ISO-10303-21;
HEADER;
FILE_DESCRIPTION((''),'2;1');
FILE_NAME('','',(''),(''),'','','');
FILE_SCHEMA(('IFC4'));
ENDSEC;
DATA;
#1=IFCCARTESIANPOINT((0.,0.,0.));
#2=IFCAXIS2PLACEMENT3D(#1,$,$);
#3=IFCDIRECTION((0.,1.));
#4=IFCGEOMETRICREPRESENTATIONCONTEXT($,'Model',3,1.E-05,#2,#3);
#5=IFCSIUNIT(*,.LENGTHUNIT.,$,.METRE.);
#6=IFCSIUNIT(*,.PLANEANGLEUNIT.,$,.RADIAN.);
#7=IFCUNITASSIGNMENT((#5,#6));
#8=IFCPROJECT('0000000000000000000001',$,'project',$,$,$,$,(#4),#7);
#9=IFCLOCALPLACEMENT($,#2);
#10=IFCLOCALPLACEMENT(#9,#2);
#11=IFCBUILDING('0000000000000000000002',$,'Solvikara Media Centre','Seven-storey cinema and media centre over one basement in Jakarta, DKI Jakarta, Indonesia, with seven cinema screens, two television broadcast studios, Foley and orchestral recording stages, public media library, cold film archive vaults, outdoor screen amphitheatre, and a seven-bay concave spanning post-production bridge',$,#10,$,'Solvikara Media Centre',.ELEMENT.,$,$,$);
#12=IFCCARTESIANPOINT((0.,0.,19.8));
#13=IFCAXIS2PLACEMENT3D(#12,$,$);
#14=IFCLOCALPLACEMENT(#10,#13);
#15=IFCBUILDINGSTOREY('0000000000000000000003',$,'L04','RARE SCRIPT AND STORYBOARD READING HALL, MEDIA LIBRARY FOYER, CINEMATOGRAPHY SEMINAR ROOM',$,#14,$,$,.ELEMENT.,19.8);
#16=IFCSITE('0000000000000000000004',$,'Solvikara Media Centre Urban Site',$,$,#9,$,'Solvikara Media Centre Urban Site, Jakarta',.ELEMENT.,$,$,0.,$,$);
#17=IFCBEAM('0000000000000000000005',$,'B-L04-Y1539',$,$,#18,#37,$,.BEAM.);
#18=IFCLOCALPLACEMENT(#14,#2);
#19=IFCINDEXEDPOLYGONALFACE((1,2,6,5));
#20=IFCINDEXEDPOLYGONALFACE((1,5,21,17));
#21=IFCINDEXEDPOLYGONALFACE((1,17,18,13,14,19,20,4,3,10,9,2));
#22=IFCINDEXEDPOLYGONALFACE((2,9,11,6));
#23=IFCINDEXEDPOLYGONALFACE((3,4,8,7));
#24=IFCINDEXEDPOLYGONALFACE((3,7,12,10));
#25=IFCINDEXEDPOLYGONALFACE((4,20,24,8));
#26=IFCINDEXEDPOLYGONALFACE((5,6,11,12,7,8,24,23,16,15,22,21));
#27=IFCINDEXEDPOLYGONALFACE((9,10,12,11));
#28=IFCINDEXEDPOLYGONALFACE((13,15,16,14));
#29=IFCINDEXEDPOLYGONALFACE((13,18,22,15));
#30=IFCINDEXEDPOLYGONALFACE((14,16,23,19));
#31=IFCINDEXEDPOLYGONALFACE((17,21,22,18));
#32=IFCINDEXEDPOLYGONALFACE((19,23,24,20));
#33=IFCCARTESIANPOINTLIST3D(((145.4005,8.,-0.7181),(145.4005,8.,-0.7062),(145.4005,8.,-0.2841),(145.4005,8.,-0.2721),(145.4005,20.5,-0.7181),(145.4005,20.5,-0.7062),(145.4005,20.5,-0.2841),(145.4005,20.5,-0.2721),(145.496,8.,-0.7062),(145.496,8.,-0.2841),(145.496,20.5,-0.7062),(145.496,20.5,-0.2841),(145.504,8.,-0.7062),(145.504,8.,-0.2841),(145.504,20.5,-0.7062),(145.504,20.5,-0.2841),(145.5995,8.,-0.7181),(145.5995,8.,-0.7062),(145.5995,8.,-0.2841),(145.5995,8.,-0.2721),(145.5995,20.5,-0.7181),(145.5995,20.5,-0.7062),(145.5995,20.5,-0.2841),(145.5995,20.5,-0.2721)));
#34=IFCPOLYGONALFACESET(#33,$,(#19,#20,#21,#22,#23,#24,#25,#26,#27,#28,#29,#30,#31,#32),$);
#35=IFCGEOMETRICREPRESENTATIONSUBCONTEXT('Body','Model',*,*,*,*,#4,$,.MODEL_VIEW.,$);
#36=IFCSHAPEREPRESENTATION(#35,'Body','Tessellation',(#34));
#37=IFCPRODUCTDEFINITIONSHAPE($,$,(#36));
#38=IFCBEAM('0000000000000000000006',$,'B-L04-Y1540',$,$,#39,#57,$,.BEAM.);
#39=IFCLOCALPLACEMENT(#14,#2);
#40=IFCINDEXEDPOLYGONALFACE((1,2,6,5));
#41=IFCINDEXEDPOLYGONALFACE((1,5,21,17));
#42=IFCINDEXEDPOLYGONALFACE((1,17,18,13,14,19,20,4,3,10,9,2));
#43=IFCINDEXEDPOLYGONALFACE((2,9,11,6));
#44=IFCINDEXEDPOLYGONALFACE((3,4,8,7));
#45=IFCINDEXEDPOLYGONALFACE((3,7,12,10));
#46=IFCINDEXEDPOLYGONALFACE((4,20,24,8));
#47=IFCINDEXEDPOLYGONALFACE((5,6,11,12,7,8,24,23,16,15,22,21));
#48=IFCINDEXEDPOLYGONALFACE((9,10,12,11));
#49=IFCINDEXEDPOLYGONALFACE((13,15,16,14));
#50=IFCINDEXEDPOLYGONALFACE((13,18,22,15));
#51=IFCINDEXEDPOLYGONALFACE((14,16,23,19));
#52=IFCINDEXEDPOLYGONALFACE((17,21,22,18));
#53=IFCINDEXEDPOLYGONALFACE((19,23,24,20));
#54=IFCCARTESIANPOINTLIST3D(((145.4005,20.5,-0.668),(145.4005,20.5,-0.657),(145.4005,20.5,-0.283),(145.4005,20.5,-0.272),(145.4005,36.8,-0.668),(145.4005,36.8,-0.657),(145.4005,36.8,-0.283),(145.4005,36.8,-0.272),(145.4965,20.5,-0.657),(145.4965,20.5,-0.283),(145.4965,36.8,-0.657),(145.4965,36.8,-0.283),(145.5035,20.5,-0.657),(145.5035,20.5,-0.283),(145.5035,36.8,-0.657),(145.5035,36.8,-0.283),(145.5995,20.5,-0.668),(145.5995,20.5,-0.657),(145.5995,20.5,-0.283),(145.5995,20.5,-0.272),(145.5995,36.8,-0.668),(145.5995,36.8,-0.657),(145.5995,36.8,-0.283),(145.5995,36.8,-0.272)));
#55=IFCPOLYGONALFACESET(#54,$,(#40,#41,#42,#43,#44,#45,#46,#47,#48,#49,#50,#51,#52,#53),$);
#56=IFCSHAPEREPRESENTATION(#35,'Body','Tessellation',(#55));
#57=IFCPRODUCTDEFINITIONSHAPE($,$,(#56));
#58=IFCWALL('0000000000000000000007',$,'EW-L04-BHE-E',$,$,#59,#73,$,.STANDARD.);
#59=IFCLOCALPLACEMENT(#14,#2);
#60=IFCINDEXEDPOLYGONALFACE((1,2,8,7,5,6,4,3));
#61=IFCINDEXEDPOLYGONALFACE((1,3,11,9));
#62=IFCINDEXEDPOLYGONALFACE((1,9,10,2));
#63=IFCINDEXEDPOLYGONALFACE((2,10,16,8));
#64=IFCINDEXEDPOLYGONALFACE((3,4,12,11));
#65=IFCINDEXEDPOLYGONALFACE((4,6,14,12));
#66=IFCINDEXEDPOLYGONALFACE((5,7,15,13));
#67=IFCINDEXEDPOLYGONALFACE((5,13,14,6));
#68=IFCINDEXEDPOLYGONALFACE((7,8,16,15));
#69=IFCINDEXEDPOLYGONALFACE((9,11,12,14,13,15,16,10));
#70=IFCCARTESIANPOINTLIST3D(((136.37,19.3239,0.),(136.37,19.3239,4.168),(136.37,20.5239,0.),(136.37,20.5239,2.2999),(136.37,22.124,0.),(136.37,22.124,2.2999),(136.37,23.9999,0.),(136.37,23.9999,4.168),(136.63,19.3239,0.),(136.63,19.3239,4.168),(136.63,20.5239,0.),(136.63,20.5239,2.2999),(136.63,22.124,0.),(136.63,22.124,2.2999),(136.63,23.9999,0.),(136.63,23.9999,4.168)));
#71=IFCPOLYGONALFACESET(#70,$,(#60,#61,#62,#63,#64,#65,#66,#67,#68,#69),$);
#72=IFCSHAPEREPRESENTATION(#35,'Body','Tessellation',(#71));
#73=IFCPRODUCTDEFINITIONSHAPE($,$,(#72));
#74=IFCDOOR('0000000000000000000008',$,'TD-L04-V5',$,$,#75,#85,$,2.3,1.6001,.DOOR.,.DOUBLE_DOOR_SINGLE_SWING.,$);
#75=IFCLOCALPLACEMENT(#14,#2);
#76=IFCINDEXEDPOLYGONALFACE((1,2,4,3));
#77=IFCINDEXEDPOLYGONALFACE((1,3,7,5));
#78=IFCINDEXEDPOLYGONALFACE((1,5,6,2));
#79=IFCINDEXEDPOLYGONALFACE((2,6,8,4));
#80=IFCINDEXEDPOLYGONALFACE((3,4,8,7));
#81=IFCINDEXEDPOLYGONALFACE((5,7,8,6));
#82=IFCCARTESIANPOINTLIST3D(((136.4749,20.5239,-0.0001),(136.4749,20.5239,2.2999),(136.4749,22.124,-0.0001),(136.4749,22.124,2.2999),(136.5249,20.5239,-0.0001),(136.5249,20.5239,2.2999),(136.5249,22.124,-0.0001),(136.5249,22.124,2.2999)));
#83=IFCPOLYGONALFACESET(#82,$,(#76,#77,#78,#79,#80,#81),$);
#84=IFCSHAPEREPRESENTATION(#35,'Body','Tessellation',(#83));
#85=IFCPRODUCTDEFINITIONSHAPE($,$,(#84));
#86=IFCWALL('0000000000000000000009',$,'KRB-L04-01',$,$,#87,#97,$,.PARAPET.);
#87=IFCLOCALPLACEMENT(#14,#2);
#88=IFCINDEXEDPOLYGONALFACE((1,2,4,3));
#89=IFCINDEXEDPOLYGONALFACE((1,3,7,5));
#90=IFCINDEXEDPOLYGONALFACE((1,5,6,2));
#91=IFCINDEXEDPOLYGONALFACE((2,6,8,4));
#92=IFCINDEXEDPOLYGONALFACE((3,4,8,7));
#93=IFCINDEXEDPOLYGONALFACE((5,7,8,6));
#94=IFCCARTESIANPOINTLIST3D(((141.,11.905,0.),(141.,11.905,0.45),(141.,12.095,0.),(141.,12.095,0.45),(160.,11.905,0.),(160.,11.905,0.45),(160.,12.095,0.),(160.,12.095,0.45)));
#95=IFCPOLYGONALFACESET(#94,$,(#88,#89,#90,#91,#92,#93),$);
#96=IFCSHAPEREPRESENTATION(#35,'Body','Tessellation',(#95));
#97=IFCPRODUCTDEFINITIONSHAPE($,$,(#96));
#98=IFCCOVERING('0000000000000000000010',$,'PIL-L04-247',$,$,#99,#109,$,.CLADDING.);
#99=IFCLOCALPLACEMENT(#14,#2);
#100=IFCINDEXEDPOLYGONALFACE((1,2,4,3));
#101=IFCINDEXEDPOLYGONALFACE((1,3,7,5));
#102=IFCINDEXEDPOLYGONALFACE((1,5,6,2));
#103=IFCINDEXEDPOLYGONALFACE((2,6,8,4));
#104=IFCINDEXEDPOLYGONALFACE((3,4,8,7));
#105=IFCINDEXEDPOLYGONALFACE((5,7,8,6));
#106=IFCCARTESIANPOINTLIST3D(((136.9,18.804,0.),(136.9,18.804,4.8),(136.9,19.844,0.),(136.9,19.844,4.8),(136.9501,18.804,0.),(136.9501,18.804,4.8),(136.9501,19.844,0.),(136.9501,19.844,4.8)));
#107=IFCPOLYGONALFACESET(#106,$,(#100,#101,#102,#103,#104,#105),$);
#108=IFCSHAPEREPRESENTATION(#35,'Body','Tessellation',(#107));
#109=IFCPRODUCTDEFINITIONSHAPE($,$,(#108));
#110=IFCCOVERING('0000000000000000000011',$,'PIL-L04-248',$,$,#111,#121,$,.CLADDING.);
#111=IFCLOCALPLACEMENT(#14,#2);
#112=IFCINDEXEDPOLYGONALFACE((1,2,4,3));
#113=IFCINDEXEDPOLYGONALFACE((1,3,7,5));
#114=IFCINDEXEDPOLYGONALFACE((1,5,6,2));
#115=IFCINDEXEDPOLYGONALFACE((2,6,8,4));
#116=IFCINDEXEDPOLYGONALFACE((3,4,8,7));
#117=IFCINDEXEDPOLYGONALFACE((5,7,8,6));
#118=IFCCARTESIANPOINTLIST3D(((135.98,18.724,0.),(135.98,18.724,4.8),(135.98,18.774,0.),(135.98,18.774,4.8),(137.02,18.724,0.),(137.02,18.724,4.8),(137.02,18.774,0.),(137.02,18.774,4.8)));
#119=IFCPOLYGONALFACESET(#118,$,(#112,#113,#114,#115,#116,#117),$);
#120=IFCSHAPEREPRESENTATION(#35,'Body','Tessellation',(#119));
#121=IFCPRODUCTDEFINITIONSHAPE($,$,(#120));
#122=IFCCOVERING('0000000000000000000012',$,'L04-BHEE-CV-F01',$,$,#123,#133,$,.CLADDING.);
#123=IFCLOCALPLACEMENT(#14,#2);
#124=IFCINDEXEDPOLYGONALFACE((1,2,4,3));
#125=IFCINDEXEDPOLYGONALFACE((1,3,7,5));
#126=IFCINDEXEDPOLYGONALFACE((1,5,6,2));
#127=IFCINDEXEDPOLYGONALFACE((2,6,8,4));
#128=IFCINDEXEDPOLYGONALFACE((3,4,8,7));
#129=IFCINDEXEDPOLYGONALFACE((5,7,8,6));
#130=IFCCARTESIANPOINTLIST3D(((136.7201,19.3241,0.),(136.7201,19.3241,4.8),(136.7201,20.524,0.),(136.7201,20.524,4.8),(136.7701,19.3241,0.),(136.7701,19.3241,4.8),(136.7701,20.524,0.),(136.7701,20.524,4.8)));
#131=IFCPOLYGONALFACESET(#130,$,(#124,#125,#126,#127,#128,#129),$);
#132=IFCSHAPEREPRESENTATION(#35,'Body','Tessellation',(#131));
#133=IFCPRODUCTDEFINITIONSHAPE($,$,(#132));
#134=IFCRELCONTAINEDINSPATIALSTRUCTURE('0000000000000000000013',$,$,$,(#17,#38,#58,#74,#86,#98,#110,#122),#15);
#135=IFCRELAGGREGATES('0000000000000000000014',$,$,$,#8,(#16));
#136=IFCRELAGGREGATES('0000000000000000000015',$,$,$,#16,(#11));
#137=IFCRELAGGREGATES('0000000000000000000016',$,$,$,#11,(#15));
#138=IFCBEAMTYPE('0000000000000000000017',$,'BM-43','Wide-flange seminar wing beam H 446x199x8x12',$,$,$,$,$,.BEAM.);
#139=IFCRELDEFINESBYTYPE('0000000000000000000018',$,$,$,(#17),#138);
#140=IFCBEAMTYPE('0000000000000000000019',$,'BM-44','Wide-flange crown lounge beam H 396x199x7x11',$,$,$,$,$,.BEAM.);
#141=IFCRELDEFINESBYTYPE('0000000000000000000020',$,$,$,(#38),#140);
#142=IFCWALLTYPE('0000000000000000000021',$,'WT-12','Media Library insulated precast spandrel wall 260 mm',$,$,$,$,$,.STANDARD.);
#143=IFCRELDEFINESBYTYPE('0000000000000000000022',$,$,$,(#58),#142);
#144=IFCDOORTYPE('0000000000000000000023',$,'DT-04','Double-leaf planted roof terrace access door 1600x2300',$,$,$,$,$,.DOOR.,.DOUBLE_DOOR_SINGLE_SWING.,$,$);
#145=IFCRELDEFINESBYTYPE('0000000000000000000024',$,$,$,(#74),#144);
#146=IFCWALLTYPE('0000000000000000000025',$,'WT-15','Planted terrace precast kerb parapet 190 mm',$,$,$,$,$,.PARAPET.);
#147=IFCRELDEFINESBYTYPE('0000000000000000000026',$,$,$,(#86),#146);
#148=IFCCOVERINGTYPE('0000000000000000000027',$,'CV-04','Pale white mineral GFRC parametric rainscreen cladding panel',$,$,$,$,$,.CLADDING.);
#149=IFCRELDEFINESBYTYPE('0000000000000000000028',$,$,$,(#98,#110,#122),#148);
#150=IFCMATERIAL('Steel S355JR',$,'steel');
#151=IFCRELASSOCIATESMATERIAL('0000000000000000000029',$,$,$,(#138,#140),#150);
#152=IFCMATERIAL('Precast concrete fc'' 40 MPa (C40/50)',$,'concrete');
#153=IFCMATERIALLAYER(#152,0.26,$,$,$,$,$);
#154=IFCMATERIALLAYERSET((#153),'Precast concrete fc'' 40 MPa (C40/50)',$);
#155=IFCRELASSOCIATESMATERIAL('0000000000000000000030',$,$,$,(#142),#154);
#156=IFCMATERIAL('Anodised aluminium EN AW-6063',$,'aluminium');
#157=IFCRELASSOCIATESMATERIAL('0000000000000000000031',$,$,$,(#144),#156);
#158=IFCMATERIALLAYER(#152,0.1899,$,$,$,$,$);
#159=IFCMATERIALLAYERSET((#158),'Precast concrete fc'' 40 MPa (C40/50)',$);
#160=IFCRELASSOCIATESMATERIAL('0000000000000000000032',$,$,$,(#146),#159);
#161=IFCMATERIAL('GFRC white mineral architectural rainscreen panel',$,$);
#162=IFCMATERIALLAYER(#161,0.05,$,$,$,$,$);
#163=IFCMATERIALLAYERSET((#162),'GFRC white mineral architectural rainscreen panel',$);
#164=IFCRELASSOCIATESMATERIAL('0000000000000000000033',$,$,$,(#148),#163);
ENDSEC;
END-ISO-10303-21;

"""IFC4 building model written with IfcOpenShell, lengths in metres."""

from ifc_helpers import new_model, si_unit, direction, frame, frame_2d, origin, origin_2d, place, context, subcontext, project, spatial, rectangle, i_section, extrude, material, layer, layer_set, material_profile, profile_set, type_object, element, fill, save


model = new_model("IFC4")

# Units and contexts
model_context = context("Model", 3, precision=1e-05, world=origin(), true_north=direction((0.0, 1.0)))
body_context = subcontext(model_context, "Body", "Model", "MODEL_VIEW")
ifc_project = project(units=[si_unit("LENGTHUNIT", "METRE"), si_unit("PLANEANGLEUNIT", "RADIAN")], contexts=[model_context])

# Site, building, storey
site_placement = place(None, origin())
site = spatial("IfcSite", under=ifc_project, at=site_placement, Name="Solvikara Media Centre Urban Site", LongName="Solvikara Media Centre Urban Site, Jakarta", CompositionType="ELEMENT", RefElevation=0.0)
building_placement = place(site_placement, origin())
building = spatial("IfcBuilding", under=site, at=building_placement, Name="Solvikara Media Centre", Description="Seven-storey cinema and media centre over one basement in Jakarta, DKI Jakarta, Indonesia, with seven cinema screens, two television broadcast studios, Foley and orchestral recording stages, public media library, cold film archive vaults, outdoor screen amphitheatre, and a seven-bay concave spanning post-production bridge", LongName="Solvikara Media Centre", CompositionType="ELEMENT")
storey_placement = place(building_placement, frame((0.0, 0.0, 19.8)))
storey = spatial("IfcBuildingStorey", under=building, at=storey_placement, Name="L04", Description="RARE SCRIPT AND STORYBOARD READING HALL, MEDIA LIBRARY FOYER, CINEMATOGRAPHY SEMINAR ROOM", CompositionType="ELEMENT", Elevation=19.8)

# Beams
ifc_material_1 = material(Name="Steel S355JR", Category="steel")
ifc_material_profile_1 = material_profile(ifc_material_1, i_section(OverallWidth=0.199, OverallDepth=0.446, WebThickness=0.0081, FlangeThickness=0.012, at=origin_2d()), Name="H 446x199x8x12")
ifc_profile_set_1 = profile_set([ifc_material_profile_1], Name="Steel S355JR")
beam_type_1 = type_object("IfcBeamType", Name="BM-43", Description="Wide-flange seminar wing beam H 446x199x8x12", PredefinedType="BEAM", material=ifc_profile_set_1)
beam_1_placement = place(storey_placement, frame((145.5, 8.0, -0.4951), z_axis=(0.0, 1.0, 0.0), x_axis=(-1.0, 0.0, 0.0)))
element("IfcBeam", 1, at=beam_1_placement, inside=storey, type_object=beam_type_1, Name="B-L04-Y1539", PredefinedType="BEAM", context=body_context, shape_type="SweptSolid", body=[
    extrude(i_section(OverallWidth=0.199, OverallDepth=0.446, WebThickness=0.0081, FlangeThickness=0.012, at=origin_2d()), origin(), (0.0, 0.0, 1.0), 12.5),
])
ifc_material_profile_2 = material_profile(ifc_material_1, i_section(OverallWidth=0.199, OverallDepth=0.396, WebThickness=0.0071, FlangeThickness=0.011, at=origin_2d()), Name="H 396x199x7x11")
ifc_profile_set_2 = profile_set([ifc_material_profile_2], Name="Steel S355JR")
beam_type_2 = type_object("IfcBeamType", Name="BM-44", Description="Wide-flange crown lounge beam H 396x199x7x11", PredefinedType="BEAM", material=ifc_profile_set_2)
beam_2_placement = place(storey_placement, frame((145.5, 20.5, -0.47), z_axis=(0.0, 1.0, 0.0), x_axis=(-1.0, 0.0, 0.0)))
element("IfcBeam", 2, at=beam_2_placement, inside=storey, type_object=beam_type_2, Name="B-L04-Y1540", PredefinedType="BEAM", context=body_context, shape_type="SweptSolid", body=[
    extrude(i_section(OverallWidth=0.199, OverallDepth=0.396, WebThickness=0.0071, FlangeThickness=0.011, at=origin_2d()), origin(), (0.0, 0.0, 1.0), 16.3),
])

# Wall, opening, door
ifc_material_2 = material(Name="Precast concrete fc' 40 MPa (C40/50)", Category="concrete")
ifc_layer_1 = layer(ifc_material_2, 0.26)
ifc_layer_set_1 = layer_set([ifc_layer_1], Name="Precast concrete fc' 40 MPa (C40/50)")
wall_type_1 = type_object("IfcWallType", Name="WT-12", Description="Media Library insulated precast spandrel wall 260 mm", PredefinedType="STANDARD", material=ifc_layer_set_1)
wall_1_placement = place(storey_placement, frame((136.5, 19.324, 0.0), z_axis=(0.0, 0.0, 1.0), x_axis=(0.0, 1.0, 0.0)))
wall_1 = element("IfcWall", 3, at=wall_1_placement, inside=storey, type_object=wall_type_1, Name="EW-L04-BHE-E", PredefinedType="STANDARD", context=body_context, shape_type="SweptSolid", body=[
    extrude(rectangle(XDim=4.676, YDim=0.26, at=frame_2d((2.3379, 0.0))), origin(), (0.0, 0.0, 1.0), 4.168),
])
opening_placement = place(wall_1_placement, frame((1.2, 0.0, 0.0)))
opening = element("IfcOpeningElement", 4, at=opening_placement, cuts=wall_1, PredefinedType="OPENING", context=body_context, shape_type="SweptSolid", body=[
    extrude(rectangle(XDim=1.6001, YDim=2.3, at=frame_2d((0.8, 1.1499))), frame((0.0, 0.1421, 0.0), z_axis=(0.0, -1.0, 0.0), x_axis=(1.0, 0.0, 0.0)), (0.0, 0.0, 1.0), 0.2839),
])
ifc_material_3 = material(Name="Anodised aluminium EN AW-6063", Category="aluminium")
door_type = type_object("IfcDoorType", Name="DT-04", Description="Double-leaf planted roof terrace access door 1600x2300", OperationType="DOUBLE_DOOR_SINGLE_SWING", PredefinedType="DOOR", material=ifc_material_3)
door_placement = place(opening_placement, frame((1.6001, 0.0, 0.0), z_axis=(0.0, 0.0, 1.0), x_axis=(-1.0, 0.0, 0.0)))
door = element("IfcDoor", 5, at=door_placement, inside=storey, type_object=door_type, Name="TD-L04-V5", OperationType="DOUBLE_DOOR_SINGLE_SWING", OverallHeight=2.3, OverallWidth=1.6001, PredefinedType="DOOR", context=body_context, shape_type="SweptSolid", body=[
    extrude(rectangle(XDim=1.6001, YDim=2.3, at=frame_2d((0.8, 1.1499))), frame((0.0, 0.0249, 0.0), z_axis=(0.0, -1.0, 0.0), x_axis=(1.0, 0.0, 0.0)), (0.0, 0.0, 1.0), 0.05),
])
fill(opening, door)

# Wall
ifc_layer_2 = layer(ifc_material_2, 0.1899)
ifc_layer_set_2 = layer_set([ifc_layer_2], Name="Precast concrete fc' 40 MPa (C40/50)")
wall_type_2 = type_object("IfcWallType", Name="WT-15", Description="Planted terrace precast kerb parapet 190 mm", PredefinedType="PARAPET", material=ifc_layer_set_2)
wall_2_placement = place(storey_placement, frame((141.0, 12.0, 0.0), z_axis=(0.0, 0.0, 1.0), x_axis=(1.0, 0.0, 0.0)))
element("IfcWall", 6, at=wall_2_placement, inside=storey, type_object=wall_type_2, Name="KRB-L04-01", PredefinedType="PARAPET", context=body_context, shape_type="SweptSolid", body=[
    extrude(rectangle(XDim=19.0, YDim=0.1899, at=frame_2d((9.5, 0.0))), origin(), (0.0, 0.0, 1.0), 0.45),
])

# Coverings
ifc_material_4 = material(Name="GFRC white mineral architectural rainscreen panel")
ifc_layer_3 = layer(ifc_material_4, 0.05)
ifc_layer_set_3 = layer_set([ifc_layer_3], Name="GFRC white mineral architectural rainscreen panel")
covering_type = type_object("IfcCoveringType", Name="CV-04", Description="Pale white mineral GFRC parametric rainscreen cladding panel", PredefinedType="CLADDING", material=ifc_layer_set_3)
for number, where, z_axis, x_axis, name in (
    (7, (136.925, 19.324, 0.0), (0.0, 0.0, 1.0), (0.0, 1.0, 0.0), "PIL-L04-247"),
    (8, (136.5, 18.749, 0.0), (0.0, 0.0, 1.0), (1.0, 0.0, 0.0), "PIL-L04-248"),
):
    element("IfcCovering", number, at=place(storey_placement, frame(where, z_axis=z_axis, x_axis=x_axis)), inside=storey, type_object=covering_type, Name=name, PredefinedType="CLADDING", context=body_context, shape_type="SweptSolid", body=[
        extrude(rectangle(XDim=1.04, YDim=0.05, at=origin_2d()), origin(), (0.0, 0.0, 1.0), 4.8),
    ])
covering_placement = place(storey_placement, frame((136.7451, 19.9241, 0.0), z_axis=(0.0, 0.0, 1.0), x_axis=(0.0, 1.0, 0.0)))
element("IfcCovering", 9, at=covering_placement, inside=storey, type_object=covering_type, Name="L04-BHEE-CV-F01", PredefinedType="CLADDING", context=body_context, shape_type="SweptSolid", body=[
    extrude(rectangle(XDim=1.2, YDim=0.05, at=origin_2d()), origin(), (0.0, 0.0, 1.0), 4.8),
])

save(model, "model.ifc")
